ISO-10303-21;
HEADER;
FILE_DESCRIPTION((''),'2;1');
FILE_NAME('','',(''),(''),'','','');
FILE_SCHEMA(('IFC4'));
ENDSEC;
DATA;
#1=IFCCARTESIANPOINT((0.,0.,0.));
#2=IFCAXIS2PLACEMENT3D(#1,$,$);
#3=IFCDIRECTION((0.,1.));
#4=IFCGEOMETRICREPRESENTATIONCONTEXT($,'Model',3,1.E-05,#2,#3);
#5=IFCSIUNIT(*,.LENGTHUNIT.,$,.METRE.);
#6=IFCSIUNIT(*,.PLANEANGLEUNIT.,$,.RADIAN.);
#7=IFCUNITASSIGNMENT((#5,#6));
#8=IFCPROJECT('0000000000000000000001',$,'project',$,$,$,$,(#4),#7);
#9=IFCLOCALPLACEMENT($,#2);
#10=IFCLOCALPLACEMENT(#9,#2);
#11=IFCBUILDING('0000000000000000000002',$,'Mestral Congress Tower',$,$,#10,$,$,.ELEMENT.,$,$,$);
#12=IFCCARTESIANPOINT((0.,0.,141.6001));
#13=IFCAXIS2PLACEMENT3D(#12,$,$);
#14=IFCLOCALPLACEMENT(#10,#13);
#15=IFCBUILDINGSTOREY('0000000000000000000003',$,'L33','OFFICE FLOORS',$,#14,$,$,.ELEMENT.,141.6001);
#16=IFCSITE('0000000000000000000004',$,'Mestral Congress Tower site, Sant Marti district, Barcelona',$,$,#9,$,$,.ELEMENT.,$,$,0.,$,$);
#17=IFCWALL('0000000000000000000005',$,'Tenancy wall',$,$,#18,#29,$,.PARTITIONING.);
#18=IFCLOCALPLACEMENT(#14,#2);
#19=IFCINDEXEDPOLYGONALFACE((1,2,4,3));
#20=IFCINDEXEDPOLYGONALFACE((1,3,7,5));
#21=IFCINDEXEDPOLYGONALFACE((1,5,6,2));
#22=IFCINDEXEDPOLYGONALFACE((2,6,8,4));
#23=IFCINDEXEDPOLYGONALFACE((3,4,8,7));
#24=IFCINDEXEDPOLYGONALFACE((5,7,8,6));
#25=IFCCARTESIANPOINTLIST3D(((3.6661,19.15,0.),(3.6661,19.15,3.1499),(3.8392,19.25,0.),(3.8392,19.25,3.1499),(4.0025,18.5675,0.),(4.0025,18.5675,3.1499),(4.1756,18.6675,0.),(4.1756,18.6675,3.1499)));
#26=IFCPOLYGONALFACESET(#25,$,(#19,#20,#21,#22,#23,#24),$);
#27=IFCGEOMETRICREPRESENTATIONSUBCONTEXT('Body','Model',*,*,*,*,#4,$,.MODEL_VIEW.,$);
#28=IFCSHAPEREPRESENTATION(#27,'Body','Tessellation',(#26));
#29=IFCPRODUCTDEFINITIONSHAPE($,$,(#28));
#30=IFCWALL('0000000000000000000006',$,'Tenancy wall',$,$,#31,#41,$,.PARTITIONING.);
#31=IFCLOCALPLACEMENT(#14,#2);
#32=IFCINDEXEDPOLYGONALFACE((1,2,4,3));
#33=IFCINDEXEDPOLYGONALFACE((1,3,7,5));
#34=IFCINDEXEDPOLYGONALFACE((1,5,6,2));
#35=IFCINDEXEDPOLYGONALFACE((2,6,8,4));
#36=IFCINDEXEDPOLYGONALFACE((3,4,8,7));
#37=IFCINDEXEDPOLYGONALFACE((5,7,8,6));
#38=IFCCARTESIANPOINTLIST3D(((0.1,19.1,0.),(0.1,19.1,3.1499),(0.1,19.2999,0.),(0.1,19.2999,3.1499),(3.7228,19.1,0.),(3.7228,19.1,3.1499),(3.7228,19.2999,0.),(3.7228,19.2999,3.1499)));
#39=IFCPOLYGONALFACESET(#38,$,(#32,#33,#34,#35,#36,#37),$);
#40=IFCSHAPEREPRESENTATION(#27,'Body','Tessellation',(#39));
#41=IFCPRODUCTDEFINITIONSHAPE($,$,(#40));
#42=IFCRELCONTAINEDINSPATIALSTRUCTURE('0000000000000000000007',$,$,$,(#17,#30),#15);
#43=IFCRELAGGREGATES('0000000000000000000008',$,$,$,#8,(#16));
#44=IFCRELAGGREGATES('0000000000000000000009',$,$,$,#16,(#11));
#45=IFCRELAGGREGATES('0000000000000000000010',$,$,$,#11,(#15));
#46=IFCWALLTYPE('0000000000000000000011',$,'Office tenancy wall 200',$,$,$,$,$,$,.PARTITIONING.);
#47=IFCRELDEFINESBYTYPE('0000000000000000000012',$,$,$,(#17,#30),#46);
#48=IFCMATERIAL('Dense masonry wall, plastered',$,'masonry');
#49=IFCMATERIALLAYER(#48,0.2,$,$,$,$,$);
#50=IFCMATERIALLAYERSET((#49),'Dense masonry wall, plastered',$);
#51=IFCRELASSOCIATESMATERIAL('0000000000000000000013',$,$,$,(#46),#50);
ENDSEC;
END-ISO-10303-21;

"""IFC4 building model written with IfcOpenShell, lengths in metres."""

from ifc_helpers import new_model, si_unit, direction, frame, frame_2d, origin, place, context, subcontext, project, spatial, rectangle, extrude, material, layer, layer_set, type_object, element, save


model = new_model("IFC4")

# Units and contexts
model_context = context("Model", 3, precision=1e-05, world=origin(), true_north=direction((0.0, 1.0)))
body_context = subcontext(model_context, "Body", "Model", "MODEL_VIEW")
ifc_project = project(units=[si_unit("LENGTHUNIT", "METRE"), si_unit("PLANEANGLEUNIT", "RADIAN")], contexts=[model_context])

# Site, building, storey
site_placement = place(None, origin())
site = spatial("IfcSite", under=ifc_project, at=site_placement, Name="Mestral Congress Tower site, Sant Marti district, Barcelona", CompositionType="ELEMENT", RefElevation=0.0)
building_placement = place(site_placement, origin())
building = spatial("IfcBuilding", under=site, at=building_placement, Name="Mestral Congress Tower", CompositionType="ELEMENT")
storey_placement = place(building_placement, frame((0.0, 0.0, 141.6001)))
storey = spatial("IfcBuildingStorey", under=building, at=storey_placement, Name="L33", Description="OFFICE FLOORS", CompositionType="ELEMENT", Elevation=141.6001)

# Walls
ifc_material_1 = material(Name="Dense masonry wall, plastered", Category="masonry")
ifc_layer_1 = layer(ifc_material_1, 0.2)
ifc_layer_set_1 = layer_set([ifc_layer_1], Name="Dense masonry wall, plastered")
wall_type_1 = type_object("IfcWallType", Name="Office tenancy wall 200", PredefinedType="PARTITIONING", material=ifc_layer_set_1)
wall_1_placement = place(storey_placement, frame((4.0891, 18.6174, 0.0), z_axis=(0.0, 0.0, 1.0), x_axis=(-0.50012, 0.865956, 0.0)))
element("IfcWall", 1, at=wall_1_placement, inside=storey, type_object=wall_type_1, Name="Tenancy wall", PredefinedType="PARTITIONING", context=body_context, shape_type="SweptSolid", body=[
    extrude(rectangle(XDim=0.6726, YDim=0.2, at=frame_2d((0.3364, 0.0))), origin(), (0.0, 0.0, 1.0), 3.1499),
])
wall_2_placement = place(storey_placement, frame((3.7229, 19.2, 0.0), z_axis=(0.0, 0.0, 1.0), x_axis=(-1.0, 0.0, 0.0)))
element("IfcWall", 2, at=wall_2_placement, inside=storey, type_object=wall_type_1, Name="Tenancy wall", PredefinedType="PARTITIONING", context=body_context, shape_type="SweptSolid", body=[
    extrude(rectangle(XDim=3.6228, YDim=0.2, at=frame_2d((1.8115, 0.0))), origin(), (0.0, 0.0, 1.0), 3.1499),
])

save(model, "model.ifc")
